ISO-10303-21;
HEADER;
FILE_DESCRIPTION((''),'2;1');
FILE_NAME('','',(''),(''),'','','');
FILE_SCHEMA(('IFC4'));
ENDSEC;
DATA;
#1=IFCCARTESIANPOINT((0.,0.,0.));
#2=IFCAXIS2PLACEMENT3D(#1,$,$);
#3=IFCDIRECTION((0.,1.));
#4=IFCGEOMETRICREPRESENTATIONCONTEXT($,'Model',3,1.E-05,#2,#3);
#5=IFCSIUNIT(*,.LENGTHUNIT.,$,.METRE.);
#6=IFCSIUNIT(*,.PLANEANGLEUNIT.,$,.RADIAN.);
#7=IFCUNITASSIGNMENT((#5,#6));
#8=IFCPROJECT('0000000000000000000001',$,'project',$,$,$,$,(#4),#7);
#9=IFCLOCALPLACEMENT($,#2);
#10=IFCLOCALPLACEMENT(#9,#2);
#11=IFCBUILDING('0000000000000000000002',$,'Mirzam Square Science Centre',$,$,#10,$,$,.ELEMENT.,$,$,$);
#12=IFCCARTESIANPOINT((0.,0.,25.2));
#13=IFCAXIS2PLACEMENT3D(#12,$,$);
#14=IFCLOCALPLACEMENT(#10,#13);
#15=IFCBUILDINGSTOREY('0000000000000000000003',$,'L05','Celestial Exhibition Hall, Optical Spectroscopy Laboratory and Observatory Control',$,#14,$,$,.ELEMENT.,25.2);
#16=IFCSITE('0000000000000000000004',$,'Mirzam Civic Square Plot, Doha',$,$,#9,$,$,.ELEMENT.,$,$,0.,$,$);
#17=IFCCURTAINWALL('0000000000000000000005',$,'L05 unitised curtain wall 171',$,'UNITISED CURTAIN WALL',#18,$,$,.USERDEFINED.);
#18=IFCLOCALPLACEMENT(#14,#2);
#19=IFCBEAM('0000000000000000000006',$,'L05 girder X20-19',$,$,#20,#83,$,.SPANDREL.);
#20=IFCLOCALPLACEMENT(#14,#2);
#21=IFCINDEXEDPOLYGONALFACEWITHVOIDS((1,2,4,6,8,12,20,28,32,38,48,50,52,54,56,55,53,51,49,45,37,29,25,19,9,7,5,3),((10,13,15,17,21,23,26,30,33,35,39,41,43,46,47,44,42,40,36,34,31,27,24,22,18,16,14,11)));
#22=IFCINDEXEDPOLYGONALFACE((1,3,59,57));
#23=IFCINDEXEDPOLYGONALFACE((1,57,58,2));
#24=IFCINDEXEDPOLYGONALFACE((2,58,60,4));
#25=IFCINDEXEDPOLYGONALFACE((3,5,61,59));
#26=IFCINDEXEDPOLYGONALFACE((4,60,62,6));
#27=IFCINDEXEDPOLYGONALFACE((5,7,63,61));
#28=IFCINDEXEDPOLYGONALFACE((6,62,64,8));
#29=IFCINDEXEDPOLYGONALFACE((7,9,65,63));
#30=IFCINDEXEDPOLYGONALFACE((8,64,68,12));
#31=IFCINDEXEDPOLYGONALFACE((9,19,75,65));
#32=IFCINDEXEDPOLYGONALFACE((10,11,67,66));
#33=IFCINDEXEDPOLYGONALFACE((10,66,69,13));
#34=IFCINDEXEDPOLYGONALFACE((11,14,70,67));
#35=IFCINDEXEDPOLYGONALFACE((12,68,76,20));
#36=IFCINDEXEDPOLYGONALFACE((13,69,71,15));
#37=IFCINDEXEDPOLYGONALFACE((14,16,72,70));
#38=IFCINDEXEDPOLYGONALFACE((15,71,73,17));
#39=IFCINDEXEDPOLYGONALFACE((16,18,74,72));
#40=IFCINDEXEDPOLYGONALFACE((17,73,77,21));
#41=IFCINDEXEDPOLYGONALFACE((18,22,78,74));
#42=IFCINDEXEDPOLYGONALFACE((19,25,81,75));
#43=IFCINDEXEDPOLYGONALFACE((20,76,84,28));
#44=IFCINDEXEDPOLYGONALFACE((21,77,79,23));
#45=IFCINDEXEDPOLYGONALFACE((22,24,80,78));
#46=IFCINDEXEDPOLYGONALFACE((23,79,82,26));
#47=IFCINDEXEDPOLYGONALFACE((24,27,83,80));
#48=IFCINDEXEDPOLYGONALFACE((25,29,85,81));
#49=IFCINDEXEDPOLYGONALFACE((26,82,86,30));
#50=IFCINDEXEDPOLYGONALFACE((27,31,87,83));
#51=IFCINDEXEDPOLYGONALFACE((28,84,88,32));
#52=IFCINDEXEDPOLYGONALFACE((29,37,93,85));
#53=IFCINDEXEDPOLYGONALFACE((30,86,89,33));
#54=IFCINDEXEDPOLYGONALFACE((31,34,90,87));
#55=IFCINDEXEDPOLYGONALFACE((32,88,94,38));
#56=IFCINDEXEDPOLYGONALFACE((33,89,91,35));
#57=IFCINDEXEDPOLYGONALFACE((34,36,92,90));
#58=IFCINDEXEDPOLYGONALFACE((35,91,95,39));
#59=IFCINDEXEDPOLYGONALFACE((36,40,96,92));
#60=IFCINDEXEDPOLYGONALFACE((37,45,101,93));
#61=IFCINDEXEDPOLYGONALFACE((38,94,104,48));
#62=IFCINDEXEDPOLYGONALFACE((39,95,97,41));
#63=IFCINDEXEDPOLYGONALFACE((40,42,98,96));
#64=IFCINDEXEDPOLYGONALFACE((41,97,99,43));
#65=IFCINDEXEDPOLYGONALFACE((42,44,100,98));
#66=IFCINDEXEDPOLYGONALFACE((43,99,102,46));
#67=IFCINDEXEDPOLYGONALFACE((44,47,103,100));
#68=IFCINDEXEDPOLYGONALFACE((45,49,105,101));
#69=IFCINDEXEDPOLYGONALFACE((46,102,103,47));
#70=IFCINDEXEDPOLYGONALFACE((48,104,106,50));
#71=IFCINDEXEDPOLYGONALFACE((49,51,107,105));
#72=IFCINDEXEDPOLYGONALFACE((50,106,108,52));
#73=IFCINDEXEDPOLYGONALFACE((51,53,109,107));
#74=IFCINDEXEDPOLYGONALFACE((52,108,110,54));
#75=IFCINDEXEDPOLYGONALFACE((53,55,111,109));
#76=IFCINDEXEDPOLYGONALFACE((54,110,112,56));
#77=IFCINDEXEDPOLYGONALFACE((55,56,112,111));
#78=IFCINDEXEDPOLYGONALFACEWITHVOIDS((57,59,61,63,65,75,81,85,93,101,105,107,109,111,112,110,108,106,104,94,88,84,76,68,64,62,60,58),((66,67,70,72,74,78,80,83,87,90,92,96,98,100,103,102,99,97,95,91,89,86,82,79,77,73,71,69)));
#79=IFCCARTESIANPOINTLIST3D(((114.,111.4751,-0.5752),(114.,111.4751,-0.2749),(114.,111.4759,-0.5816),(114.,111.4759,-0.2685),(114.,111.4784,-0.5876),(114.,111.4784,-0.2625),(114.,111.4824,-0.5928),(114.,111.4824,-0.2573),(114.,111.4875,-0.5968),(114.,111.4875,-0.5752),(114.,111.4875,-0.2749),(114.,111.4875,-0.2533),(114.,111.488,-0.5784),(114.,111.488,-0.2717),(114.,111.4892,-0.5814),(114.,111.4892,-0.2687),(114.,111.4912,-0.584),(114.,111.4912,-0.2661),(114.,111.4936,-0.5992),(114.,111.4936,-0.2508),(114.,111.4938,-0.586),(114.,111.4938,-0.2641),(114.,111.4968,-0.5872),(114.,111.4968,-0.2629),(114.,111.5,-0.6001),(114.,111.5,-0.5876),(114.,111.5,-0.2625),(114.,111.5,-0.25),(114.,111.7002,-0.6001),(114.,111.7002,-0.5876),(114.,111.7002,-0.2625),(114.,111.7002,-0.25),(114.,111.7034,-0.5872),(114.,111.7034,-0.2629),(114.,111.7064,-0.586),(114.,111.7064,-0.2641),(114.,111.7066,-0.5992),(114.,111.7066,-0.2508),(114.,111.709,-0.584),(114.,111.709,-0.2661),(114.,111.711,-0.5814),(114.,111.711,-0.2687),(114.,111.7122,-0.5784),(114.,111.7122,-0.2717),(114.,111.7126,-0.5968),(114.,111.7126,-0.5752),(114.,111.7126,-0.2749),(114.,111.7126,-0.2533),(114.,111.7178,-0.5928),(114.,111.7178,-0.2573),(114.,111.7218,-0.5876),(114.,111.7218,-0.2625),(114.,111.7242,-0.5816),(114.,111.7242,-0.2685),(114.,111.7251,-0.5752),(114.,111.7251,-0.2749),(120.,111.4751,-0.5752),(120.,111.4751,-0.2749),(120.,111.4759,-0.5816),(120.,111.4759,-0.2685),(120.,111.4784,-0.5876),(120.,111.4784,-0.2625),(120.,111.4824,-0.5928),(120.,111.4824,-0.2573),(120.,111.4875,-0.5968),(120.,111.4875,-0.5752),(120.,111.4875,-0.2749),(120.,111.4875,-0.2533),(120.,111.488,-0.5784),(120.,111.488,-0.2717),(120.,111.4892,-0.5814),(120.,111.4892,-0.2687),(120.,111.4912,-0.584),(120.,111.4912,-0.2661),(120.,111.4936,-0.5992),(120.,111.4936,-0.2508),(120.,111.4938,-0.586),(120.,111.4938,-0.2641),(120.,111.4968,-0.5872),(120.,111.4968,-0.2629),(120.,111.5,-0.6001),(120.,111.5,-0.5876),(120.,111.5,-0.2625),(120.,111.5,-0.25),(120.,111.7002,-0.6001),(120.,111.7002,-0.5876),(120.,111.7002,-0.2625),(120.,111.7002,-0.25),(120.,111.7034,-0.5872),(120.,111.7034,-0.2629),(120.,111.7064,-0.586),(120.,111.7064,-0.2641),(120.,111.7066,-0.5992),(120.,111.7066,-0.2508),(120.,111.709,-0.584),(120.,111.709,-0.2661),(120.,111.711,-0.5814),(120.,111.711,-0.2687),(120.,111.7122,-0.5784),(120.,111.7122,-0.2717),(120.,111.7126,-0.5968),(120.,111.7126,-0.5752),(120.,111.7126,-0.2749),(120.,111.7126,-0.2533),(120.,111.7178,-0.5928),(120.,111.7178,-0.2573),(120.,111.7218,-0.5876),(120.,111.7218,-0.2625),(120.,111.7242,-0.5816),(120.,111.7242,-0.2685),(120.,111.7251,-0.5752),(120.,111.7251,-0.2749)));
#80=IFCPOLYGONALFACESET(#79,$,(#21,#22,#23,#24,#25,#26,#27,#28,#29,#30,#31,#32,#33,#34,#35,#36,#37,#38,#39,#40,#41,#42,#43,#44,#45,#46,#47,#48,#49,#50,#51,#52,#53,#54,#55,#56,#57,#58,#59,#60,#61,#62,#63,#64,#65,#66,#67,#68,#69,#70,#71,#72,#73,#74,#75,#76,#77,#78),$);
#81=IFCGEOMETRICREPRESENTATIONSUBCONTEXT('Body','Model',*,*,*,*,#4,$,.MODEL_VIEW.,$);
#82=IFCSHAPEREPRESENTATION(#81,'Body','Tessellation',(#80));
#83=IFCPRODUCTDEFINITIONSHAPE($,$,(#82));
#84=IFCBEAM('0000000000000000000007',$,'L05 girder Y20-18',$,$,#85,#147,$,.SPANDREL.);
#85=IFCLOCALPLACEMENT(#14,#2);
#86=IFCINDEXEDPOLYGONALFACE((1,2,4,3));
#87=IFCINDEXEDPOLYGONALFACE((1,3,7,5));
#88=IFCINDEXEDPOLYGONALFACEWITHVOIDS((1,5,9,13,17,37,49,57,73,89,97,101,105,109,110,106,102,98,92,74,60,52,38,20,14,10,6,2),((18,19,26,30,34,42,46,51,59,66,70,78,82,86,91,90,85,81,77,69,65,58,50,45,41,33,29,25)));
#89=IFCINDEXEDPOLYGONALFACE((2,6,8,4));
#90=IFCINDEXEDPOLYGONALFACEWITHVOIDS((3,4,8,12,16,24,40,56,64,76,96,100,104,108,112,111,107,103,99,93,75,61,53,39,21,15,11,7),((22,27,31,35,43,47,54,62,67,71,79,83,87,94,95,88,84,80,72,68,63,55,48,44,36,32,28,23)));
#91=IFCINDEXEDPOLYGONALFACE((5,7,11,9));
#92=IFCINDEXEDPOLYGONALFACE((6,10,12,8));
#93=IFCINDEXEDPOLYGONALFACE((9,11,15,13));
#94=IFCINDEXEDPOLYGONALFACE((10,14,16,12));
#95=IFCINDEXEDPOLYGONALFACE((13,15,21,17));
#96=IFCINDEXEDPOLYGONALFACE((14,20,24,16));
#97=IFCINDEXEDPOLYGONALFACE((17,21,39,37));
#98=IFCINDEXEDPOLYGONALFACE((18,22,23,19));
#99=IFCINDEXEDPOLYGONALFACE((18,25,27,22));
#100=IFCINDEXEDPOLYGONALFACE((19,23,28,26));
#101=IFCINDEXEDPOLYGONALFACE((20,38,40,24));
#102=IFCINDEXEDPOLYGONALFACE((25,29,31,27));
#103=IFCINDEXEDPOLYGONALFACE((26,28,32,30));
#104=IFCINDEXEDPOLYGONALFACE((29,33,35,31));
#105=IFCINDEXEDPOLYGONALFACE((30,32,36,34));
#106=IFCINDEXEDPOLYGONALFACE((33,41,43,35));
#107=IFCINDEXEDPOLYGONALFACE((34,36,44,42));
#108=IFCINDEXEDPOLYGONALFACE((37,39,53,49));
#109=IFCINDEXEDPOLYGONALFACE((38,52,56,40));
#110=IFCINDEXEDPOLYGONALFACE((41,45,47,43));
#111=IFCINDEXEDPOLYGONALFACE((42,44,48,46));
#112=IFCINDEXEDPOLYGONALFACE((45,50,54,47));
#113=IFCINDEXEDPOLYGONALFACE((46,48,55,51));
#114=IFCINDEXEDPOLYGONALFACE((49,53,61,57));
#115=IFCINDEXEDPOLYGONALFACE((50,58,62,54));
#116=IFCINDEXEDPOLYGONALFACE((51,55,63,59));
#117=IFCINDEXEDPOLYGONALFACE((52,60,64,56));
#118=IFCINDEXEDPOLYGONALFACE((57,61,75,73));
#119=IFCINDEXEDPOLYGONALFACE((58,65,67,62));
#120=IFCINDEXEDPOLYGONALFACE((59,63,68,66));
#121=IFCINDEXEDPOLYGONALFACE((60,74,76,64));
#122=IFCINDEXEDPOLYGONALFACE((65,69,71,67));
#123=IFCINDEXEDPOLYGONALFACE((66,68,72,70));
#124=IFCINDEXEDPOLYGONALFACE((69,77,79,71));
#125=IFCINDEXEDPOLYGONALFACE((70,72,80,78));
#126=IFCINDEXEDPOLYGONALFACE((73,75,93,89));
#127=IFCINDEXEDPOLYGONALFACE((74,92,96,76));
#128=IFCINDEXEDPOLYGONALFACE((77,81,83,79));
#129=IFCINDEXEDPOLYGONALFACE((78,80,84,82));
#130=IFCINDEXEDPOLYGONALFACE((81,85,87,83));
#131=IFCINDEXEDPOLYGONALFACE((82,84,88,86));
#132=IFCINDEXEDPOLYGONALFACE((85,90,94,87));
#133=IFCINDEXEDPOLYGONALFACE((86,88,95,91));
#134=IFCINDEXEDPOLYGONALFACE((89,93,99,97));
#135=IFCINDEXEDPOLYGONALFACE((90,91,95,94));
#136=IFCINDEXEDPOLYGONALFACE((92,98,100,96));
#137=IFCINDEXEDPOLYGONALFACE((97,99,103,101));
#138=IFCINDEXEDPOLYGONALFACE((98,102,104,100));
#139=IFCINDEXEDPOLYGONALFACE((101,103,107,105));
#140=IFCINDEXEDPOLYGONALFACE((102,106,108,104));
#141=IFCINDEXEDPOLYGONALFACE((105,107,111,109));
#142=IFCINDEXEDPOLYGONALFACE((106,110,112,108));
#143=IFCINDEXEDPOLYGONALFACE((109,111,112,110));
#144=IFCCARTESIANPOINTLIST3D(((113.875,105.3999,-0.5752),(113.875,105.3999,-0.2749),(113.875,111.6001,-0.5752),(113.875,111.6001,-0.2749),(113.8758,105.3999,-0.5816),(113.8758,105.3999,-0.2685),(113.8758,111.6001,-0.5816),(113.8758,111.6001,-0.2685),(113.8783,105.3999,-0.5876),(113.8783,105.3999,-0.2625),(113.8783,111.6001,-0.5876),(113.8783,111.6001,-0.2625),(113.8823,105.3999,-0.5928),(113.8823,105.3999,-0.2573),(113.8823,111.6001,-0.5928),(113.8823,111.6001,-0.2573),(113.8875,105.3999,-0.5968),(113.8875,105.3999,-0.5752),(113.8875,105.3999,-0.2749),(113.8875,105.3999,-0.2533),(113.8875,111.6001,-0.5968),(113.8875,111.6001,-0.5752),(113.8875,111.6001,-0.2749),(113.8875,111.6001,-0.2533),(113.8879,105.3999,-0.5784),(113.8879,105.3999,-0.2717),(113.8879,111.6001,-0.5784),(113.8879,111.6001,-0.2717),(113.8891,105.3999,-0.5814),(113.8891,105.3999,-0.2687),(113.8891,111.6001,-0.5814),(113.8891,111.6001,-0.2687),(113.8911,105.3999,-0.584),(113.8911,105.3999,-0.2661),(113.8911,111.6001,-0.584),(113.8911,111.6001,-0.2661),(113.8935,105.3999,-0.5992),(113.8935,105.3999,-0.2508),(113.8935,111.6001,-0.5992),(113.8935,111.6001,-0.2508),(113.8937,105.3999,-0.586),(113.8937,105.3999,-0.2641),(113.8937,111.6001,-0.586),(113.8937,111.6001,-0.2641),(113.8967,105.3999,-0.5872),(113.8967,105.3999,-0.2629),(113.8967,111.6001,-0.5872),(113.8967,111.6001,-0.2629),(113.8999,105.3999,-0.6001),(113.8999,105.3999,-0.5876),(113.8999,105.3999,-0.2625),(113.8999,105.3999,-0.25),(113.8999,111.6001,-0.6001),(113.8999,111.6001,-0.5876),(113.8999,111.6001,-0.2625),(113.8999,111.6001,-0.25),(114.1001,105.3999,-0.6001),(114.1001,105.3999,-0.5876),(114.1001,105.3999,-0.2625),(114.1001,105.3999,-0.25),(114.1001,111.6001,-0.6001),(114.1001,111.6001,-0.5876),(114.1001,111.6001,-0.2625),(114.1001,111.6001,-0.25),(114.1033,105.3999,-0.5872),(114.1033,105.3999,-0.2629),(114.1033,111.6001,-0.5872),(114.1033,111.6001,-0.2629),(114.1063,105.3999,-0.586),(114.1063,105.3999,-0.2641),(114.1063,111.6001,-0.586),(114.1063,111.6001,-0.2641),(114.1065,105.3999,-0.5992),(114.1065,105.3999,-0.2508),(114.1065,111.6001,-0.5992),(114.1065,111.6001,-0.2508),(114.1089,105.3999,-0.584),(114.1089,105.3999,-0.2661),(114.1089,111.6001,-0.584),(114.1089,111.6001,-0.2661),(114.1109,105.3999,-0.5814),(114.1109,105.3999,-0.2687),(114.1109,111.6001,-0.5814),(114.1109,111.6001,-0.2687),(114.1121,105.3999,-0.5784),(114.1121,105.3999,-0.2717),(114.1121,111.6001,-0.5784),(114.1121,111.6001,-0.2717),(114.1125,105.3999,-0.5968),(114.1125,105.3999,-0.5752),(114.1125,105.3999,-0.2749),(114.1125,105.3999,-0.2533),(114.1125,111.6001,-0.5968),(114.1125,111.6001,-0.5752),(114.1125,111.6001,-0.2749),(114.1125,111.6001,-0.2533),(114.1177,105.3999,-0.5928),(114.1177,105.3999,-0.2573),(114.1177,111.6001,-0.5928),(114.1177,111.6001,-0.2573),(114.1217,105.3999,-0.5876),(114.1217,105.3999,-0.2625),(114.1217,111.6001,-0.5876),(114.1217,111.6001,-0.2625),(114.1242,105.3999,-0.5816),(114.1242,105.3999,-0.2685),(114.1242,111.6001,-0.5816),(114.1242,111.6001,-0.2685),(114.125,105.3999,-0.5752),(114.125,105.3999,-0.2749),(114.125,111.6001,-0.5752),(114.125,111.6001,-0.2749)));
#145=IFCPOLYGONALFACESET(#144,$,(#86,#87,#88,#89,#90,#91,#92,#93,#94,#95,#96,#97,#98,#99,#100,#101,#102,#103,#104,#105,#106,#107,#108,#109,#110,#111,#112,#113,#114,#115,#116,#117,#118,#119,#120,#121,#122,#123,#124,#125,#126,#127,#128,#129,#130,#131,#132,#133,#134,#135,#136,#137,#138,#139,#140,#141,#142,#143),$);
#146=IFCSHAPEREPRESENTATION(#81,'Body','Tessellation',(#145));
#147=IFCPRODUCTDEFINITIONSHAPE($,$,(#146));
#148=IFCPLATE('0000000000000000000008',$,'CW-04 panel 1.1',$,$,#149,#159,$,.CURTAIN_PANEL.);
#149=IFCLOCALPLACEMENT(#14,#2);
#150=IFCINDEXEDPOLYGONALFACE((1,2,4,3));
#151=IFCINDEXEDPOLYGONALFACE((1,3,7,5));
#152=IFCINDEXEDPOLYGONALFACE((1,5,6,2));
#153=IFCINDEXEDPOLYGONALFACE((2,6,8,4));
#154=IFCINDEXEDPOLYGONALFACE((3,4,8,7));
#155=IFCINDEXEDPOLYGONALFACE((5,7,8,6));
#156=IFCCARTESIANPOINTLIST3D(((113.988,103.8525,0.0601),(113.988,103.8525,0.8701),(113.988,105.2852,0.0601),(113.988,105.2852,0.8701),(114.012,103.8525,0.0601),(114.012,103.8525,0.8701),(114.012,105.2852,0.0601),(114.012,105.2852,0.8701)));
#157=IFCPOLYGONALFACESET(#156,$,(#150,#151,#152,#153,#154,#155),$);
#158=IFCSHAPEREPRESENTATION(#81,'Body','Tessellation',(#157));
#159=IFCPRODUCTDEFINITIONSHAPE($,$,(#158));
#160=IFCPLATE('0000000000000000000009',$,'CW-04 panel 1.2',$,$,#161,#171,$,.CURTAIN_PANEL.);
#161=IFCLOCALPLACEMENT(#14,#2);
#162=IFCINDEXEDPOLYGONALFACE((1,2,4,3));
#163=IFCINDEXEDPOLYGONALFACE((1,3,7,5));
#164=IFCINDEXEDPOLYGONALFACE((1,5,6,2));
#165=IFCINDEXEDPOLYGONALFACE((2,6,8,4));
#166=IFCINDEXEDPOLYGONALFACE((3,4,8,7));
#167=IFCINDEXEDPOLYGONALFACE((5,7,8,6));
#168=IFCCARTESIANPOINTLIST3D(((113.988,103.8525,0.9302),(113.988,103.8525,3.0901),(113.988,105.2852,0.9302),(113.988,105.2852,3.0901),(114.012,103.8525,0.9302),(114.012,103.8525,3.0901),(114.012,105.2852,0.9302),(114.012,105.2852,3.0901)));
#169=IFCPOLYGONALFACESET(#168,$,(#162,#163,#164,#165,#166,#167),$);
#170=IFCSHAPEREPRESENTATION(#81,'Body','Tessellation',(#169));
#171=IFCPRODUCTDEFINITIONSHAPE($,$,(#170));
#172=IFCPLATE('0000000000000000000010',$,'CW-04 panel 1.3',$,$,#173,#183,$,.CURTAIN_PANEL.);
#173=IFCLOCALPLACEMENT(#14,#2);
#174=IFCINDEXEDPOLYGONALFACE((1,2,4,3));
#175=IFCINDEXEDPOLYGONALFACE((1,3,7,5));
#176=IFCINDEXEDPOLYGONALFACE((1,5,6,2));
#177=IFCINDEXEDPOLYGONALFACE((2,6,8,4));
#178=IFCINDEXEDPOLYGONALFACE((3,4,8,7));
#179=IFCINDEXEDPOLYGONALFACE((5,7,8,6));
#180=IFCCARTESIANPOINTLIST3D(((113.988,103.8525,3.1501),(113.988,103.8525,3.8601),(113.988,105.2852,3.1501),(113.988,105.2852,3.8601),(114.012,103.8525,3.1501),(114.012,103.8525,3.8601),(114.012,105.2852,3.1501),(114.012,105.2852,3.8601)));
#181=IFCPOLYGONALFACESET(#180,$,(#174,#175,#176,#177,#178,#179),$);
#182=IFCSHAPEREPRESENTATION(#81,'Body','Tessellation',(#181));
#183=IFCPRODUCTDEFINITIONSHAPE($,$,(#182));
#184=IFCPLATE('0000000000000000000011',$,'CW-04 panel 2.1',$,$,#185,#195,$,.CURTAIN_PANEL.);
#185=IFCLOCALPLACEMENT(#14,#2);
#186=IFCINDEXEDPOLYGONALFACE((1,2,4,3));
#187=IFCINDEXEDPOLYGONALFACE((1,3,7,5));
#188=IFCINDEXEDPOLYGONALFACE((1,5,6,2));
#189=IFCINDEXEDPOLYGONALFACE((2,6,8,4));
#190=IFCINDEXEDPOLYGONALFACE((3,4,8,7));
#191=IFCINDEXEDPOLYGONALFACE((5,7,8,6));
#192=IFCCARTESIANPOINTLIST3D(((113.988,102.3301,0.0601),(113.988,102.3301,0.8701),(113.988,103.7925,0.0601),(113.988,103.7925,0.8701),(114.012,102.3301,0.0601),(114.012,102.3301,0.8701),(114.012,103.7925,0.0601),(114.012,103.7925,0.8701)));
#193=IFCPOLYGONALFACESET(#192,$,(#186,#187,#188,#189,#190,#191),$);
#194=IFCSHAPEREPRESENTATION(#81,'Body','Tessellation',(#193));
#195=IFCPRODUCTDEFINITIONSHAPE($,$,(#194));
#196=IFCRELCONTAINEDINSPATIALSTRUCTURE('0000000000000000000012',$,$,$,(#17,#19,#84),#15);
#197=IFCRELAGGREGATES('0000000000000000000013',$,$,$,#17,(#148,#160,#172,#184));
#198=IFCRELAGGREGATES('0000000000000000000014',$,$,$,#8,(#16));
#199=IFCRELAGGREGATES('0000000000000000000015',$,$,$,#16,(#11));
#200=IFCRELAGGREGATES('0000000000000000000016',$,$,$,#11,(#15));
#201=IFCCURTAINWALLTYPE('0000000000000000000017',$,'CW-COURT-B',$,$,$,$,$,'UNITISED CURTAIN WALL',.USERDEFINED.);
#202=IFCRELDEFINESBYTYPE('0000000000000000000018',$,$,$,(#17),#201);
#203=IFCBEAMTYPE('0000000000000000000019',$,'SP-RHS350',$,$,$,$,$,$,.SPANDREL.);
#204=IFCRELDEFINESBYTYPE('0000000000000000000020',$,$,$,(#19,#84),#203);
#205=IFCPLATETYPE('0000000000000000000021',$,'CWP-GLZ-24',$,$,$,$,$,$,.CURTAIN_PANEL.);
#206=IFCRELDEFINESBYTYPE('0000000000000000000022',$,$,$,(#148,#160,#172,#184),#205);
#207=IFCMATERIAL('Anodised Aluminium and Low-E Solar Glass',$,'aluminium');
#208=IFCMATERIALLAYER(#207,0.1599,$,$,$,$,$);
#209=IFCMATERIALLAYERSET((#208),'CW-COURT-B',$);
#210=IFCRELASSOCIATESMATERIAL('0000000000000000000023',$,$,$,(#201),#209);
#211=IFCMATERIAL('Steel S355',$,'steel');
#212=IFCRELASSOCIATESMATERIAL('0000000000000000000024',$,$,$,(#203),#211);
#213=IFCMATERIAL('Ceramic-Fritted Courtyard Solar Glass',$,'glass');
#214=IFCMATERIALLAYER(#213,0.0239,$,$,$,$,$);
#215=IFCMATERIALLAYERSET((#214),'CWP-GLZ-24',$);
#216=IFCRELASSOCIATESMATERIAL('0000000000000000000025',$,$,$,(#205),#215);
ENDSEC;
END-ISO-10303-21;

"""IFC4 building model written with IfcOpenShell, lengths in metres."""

from ifc_helpers import new_model, si_unit, direction, frame, origin, origin_2d, place, context, subcontext, project, spatial, rectangle, hollow_rectangle, extrude, material, layer, layer_set, material_profile, profile_set, type_object, element, aggregate, save


model = new_model("IFC4")

# Units and contexts
model_context = context("Model", 3, precision=1e-05, world=origin(), true_north=direction((0.0, 1.0)))
body_context = subcontext(model_context, "Body", "Model", "MODEL_VIEW")
ifc_project = project(units=[si_unit("LENGTHUNIT", "METRE"), si_unit("PLANEANGLEUNIT", "RADIAN")], contexts=[model_context])

# Site, building, storey
site_placement = place(None, origin())
site = spatial("IfcSite", under=ifc_project, at=site_placement, Name="Mirzam Civic Square Plot, Doha", CompositionType="ELEMENT", RefElevation=0.0)
building_placement = place(site_placement, origin())
building = spatial("IfcBuilding", under=site, at=building_placement, Name="Mirzam Square Science Centre", CompositionType="ELEMENT")
storey_placement = place(building_placement, frame((0.0, 0.0, 25.2)))
storey = spatial("IfcBuildingStorey", under=building, at=storey_placement, Name="L05", Description="Celestial Exhibition Hall, Optical Spectroscopy Laboratory and Observatory Control", CompositionType="ELEMENT", Elevation=25.2)

# Shared definitions
ifc_material_1 = material(Name="Steel S355", Category="steel")

# Curtain wall
ifc_material_2 = material(Name="Anodised Aluminium and Low-E Solar Glass", Category="aluminium")
ifc_layer_1 = layer(ifc_material_2, 0.1599)
ifc_layer_set_1 = layer_set([ifc_layer_1], Name="CW-COURT-B")
curtain_wall_type = type_object("IfcCurtainWallType", Name="CW-COURT-B", ElementType="UNITISED CURTAIN WALL", PredefinedType="USERDEFINED", material=ifc_layer_set_1)
curtain_wall_placement = place(storey_placement, origin())
curtain_wall = element("IfcCurtainWall", 1, at=curtain_wall_placement, inside=storey, type_object=curtain_wall_type, Name="L05 unitised curtain wall 171", ObjectType="UNITISED CURTAIN WALL", PredefinedType="USERDEFINED")

# Beams
ifc_material_profile_1 = material_profile(ifc_material_1, hollow_rectangle(XDim=0.25, YDim=0.3501, WallThickness=0.0125, InnerFilletRadius=0.0125, OuterFilletRadius=0.0249, at=origin_2d()), Name="350x250x12.5RHS")
ifc_profile_set_1 = profile_set([ifc_material_profile_1], Name="Steel S355")
beam_type_1 = type_object("IfcBeamType", Name="SP-RHS350", PredefinedType="SPANDREL", material=ifc_profile_set_1)
beam_1_placement = place(storey_placement, frame((114.0, 111.6001, -0.425), z_axis=(1.0, 0.0, 0.0), x_axis=(0.0, 1.0, 0.0)))
element("IfcBeam", 2, at=beam_1_placement, inside=storey, type_object=beam_type_1, Name="L05 girder X20-19", PredefinedType="SPANDREL", context=body_context, shape_type="SweptSolid", body=[
    extrude(hollow_rectangle(XDim=0.25, YDim=0.3501, WallThickness=0.0125, InnerFilletRadius=0.0125, OuterFilletRadius=0.0249, at=origin_2d()), origin(), (0.0, 0.0, 1.0), 6.0),
])
beam_2_placement = place(storey_placement, frame((114.0, 105.3999, -0.425), z_axis=(0.0, 1.0, 0.0), x_axis=(-1.0, 0.0, 0.0)))
element("IfcBeam", 3, at=beam_2_placement, inside=storey, type_object=beam_type_1, Name="L05 girder Y20-18", PredefinedType="SPANDREL", context=body_context, shape_type="SweptSolid", body=[
    extrude(hollow_rectangle(XDim=0.25, YDim=0.3501, WallThickness=0.0125, InnerFilletRadius=0.0125, OuterFilletRadius=0.0249, at=origin_2d()), origin(), (0.0, 0.0, 1.0), 6.2002),
])

# Plates
ifc_material_3 = material(Name="Ceramic-Fritted Courtyard Solar Glass", Category="glass")
ifc_layer_2 = layer(ifc_material_3, 0.0239)
ifc_layer_set_2 = layer_set([ifc_layer_2], Name="CWP-GLZ-24")
plate_type = type_object("IfcPlateType", Name="CWP-GLZ-24", PredefinedType="CURTAIN_PANEL", material=ifc_layer_set_2)
plate_1_placement = place(storey_placement, frame((114.0, 104.5688, 0.0601), z_axis=(0.0, 0.0, 1.0), x_axis=(0.0, -1.0, 0.0)))
plate_1 = element("IfcPlate", 4, at=plate_1_placement, type_object=plate_type, Name="CW-04 panel 1.1", PredefinedType="CURTAIN_PANEL", context=body_context, shape_type="SweptSolid", body=[
    extrude(rectangle(XDim=1.4326, YDim=0.0239, at=origin_2d()), origin(), (0.0, 0.0, 1.0), 0.8101),
])
plate_2_placement = place(storey_placement, frame((114.0, 104.5688, 0.9302), z_axis=(0.0, 0.0, 1.0), x_axis=(0.0, -1.0, 0.0)))
plate_2 = element("IfcPlate", 5, at=plate_2_placement, type_object=plate_type, Name="CW-04 panel 1.2", PredefinedType="CURTAIN_PANEL", context=body_context, shape_type="SweptSolid", body=[
    extrude(rectangle(XDim=1.4326, YDim=0.0239, at=origin_2d()), origin(), (0.0, 0.0, 1.0), 2.1599),
])
plate_3_placement = place(storey_placement, frame((114.0, 104.5688, 3.1501), z_axis=(0.0, 0.0, 1.0), x_axis=(0.0, -1.0, 0.0)))
plate_3 = element("IfcPlate", 6, at=plate_3_placement, type_object=plate_type, Name="CW-04 panel 1.3", PredefinedType="CURTAIN_PANEL", context=body_context, shape_type="SweptSolid", body=[
    extrude(rectangle(XDim=1.4326, YDim=0.0239, at=origin_2d()), origin(), (0.0, 0.0, 1.0), 0.71),
])
plate_4_placement = place(storey_placement, frame((114.0, 103.0613, 0.0601), z_axis=(0.0, 0.0, 1.0), x_axis=(0.0, -1.0, 0.0)))
plate_4 = element("IfcPlate", 7, at=plate_4_placement, type_object=plate_type, Name="CW-04 panel 2.1", PredefinedType="CURTAIN_PANEL", context=body_context, shape_type="SweptSolid", body=[
    extrude(rectangle(XDim=1.4624, YDim=0.0239, at=origin_2d()), origin(), (0.0, 0.0, 1.0), 0.8101),
])
aggregate(curtain_wall, [plate_1, plate_2, plate_3, plate_4])

save(model, "model.ifc")
